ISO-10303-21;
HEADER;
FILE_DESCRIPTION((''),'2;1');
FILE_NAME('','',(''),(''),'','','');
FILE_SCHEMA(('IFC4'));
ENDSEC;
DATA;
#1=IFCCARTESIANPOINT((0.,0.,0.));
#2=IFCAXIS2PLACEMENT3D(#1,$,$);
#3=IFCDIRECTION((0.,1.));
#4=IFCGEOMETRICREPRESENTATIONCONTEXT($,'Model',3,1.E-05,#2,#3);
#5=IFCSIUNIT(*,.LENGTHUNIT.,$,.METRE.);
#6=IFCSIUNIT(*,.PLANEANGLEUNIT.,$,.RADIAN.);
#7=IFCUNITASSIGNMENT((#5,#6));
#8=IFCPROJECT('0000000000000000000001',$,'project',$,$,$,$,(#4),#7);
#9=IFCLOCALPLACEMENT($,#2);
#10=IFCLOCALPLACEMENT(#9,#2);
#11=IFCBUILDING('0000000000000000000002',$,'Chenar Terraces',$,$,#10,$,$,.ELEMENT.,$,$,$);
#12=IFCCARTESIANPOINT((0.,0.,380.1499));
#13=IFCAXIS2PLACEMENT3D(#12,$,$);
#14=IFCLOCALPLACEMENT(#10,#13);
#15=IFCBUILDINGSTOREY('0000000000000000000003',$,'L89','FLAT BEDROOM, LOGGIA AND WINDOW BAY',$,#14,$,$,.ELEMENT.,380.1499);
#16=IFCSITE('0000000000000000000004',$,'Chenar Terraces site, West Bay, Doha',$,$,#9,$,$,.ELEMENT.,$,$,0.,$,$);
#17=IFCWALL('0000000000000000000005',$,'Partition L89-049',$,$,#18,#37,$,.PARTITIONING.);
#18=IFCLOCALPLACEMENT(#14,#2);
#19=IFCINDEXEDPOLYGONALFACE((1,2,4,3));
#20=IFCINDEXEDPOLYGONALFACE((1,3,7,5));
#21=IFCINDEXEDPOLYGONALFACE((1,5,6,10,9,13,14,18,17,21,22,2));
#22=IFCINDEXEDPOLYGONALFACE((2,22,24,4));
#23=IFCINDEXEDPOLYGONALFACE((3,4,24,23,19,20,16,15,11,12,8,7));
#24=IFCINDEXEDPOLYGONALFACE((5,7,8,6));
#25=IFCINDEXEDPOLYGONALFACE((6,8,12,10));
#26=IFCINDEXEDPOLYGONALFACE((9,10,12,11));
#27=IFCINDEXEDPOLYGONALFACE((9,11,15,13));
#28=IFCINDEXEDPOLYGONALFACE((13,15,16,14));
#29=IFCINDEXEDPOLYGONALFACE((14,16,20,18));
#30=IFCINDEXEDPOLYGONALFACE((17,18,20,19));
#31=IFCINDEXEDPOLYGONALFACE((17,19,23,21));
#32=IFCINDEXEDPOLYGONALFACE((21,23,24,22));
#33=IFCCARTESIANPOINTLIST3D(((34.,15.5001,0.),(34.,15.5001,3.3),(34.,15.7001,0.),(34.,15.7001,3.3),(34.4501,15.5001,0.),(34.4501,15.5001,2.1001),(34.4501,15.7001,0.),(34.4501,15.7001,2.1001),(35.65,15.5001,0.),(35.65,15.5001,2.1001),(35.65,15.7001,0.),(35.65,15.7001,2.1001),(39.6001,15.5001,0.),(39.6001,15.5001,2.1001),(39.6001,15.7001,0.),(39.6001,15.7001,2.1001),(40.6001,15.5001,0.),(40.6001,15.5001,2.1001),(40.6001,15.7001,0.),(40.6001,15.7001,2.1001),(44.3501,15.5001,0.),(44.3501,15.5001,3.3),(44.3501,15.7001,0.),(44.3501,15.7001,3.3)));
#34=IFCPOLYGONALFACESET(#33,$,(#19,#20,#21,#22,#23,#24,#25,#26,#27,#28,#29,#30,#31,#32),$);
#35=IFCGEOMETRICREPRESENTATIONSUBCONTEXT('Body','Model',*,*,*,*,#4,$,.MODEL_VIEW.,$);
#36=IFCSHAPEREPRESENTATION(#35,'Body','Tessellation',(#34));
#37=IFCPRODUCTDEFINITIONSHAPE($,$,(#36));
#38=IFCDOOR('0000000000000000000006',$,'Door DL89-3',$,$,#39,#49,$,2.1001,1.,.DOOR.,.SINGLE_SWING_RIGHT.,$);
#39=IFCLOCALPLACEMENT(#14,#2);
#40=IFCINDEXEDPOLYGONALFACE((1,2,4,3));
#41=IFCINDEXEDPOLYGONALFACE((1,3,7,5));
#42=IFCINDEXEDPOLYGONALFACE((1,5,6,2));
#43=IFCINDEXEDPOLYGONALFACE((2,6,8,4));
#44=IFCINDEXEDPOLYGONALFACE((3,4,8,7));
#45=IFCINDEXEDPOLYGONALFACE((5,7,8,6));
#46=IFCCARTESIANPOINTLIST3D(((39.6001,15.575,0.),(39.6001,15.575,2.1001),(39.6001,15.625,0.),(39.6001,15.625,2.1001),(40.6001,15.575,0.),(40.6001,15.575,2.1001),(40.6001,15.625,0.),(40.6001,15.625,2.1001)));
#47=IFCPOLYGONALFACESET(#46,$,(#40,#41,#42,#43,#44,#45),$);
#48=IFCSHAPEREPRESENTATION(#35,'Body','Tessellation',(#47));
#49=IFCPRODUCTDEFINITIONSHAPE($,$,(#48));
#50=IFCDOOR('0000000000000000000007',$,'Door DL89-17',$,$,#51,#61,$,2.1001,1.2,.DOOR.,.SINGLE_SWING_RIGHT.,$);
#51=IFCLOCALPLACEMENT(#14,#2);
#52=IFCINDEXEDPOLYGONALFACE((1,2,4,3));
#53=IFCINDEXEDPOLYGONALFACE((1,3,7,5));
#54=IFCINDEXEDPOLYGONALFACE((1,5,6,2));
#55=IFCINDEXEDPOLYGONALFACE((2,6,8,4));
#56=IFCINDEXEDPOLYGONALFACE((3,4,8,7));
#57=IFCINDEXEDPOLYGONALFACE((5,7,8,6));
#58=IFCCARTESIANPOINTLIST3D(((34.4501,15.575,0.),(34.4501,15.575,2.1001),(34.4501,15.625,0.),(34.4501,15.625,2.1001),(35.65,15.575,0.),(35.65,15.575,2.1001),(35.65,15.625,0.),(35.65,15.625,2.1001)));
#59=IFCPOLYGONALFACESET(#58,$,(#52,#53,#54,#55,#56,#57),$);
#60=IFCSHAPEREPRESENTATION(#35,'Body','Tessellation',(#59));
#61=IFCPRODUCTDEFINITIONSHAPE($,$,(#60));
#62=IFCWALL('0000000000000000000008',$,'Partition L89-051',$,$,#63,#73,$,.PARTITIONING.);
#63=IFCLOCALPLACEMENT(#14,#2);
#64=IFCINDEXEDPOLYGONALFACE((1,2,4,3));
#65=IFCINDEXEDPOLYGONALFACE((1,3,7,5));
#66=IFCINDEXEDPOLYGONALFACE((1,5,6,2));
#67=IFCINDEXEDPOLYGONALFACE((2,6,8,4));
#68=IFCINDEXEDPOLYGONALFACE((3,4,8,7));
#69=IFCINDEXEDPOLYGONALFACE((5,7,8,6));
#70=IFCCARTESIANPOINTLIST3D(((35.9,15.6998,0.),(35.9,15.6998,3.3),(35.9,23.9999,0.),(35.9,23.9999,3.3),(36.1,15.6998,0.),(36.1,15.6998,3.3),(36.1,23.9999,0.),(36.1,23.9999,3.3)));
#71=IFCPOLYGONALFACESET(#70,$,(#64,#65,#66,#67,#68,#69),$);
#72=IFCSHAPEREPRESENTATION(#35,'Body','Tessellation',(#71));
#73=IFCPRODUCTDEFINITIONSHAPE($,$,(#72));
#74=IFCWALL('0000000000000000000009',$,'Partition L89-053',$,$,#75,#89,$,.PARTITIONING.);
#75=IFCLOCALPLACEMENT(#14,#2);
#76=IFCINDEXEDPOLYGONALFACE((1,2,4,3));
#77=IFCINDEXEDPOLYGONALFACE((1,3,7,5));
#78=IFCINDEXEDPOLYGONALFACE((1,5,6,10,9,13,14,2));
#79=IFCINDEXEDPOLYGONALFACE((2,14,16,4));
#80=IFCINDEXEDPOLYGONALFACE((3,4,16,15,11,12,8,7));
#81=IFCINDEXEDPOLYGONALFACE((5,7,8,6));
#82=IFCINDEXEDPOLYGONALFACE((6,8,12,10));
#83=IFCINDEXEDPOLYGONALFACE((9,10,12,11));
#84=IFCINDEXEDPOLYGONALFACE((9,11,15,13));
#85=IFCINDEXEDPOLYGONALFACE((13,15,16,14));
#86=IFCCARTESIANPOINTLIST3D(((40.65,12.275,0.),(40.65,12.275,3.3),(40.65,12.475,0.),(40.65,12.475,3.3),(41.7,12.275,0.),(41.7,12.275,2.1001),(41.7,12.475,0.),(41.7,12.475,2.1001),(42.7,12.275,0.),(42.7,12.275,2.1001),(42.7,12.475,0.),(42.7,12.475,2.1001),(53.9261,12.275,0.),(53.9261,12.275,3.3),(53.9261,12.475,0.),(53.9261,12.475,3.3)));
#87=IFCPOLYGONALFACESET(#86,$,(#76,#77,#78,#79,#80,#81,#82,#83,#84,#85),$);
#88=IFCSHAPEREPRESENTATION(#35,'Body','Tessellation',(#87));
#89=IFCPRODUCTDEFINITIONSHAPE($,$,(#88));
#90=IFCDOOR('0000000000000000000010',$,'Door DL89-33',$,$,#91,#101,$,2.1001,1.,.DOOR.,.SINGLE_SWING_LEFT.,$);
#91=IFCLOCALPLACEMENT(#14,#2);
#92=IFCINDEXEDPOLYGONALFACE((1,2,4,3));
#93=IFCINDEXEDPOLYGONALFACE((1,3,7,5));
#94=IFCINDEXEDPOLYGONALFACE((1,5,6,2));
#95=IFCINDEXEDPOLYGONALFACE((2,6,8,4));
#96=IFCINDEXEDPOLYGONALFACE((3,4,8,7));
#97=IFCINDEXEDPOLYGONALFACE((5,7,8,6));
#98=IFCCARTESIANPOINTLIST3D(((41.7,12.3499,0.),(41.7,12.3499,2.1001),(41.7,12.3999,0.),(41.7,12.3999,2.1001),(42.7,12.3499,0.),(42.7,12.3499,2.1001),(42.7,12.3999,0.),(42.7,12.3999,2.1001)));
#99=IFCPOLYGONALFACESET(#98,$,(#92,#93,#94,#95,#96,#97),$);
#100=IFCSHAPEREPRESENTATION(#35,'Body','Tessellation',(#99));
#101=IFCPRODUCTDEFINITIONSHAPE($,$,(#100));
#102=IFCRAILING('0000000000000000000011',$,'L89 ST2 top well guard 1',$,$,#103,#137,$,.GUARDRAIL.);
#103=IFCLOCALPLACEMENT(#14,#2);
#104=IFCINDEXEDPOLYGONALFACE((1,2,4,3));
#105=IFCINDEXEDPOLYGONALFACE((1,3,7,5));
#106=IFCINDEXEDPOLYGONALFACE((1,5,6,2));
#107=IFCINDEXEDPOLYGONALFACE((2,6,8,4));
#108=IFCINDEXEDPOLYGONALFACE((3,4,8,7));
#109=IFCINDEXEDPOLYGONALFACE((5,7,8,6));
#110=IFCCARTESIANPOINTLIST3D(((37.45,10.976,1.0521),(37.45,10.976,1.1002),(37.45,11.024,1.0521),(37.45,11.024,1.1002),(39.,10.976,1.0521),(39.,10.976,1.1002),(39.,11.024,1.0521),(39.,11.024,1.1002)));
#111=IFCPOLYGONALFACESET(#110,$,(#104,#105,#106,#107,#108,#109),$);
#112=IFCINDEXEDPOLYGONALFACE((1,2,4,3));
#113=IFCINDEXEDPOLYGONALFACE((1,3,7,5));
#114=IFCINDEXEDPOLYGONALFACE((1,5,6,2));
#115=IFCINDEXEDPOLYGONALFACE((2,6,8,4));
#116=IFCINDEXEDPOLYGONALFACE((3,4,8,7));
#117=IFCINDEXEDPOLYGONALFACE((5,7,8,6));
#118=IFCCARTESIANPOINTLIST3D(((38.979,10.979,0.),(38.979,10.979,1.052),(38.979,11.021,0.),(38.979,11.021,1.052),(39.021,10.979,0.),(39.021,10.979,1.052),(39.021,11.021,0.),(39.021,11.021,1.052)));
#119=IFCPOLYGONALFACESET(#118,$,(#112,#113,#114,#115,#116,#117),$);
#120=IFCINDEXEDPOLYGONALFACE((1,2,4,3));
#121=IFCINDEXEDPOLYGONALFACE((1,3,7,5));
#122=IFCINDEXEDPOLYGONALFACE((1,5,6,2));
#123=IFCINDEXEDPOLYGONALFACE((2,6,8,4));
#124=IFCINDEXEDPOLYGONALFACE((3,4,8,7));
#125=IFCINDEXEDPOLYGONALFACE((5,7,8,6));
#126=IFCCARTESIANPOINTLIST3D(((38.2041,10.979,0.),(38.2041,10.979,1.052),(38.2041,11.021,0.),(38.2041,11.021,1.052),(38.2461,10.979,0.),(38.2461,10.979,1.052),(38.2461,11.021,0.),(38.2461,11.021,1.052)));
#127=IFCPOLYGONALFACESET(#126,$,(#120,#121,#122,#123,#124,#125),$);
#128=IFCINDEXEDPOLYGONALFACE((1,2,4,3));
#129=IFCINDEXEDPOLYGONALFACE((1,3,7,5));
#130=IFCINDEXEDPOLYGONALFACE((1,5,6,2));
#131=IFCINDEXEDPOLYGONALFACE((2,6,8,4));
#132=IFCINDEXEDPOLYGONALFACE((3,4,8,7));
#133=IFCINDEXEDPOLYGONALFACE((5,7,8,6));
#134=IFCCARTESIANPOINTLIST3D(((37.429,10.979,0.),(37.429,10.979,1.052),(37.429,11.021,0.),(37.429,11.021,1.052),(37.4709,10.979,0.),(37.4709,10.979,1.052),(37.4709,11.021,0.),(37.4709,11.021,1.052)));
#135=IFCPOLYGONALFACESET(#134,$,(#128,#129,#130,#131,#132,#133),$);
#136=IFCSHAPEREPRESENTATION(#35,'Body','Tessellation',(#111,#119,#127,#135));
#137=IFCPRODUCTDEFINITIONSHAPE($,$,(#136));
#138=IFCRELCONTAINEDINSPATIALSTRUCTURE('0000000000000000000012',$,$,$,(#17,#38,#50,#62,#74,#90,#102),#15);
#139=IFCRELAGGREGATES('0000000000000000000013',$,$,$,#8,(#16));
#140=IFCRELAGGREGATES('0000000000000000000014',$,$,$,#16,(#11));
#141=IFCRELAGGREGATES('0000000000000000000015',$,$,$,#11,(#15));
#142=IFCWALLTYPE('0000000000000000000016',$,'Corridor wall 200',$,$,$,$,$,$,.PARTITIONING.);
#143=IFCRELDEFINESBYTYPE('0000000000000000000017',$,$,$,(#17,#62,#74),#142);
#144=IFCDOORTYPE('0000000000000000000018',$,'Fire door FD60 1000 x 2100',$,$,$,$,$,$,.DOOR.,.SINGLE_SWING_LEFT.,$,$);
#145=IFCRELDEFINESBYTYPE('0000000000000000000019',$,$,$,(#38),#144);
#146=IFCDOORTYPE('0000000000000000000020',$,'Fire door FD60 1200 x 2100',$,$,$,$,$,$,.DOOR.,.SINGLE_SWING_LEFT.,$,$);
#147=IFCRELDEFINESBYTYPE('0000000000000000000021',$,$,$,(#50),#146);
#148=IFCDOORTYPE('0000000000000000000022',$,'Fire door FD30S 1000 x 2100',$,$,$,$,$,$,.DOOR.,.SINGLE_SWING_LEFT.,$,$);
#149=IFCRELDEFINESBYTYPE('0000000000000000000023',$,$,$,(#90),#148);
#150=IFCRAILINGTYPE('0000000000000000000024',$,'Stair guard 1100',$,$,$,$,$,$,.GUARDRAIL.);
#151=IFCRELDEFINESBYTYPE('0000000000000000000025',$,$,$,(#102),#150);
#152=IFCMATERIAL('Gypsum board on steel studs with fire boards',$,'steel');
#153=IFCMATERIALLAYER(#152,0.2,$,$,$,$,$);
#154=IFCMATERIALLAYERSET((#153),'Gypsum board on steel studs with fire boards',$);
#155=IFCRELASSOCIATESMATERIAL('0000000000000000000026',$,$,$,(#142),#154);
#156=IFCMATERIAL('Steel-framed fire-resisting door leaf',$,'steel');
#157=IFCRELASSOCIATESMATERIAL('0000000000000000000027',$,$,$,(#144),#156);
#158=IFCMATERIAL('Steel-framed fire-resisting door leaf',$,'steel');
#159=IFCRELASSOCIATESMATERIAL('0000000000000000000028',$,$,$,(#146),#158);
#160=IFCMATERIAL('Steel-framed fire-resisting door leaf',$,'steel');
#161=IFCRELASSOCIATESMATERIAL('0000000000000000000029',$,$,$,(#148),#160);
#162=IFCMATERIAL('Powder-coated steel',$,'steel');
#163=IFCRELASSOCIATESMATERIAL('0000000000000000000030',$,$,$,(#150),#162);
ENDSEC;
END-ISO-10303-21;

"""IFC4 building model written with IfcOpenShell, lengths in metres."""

from ifc_helpers import new_model, si_unit, direction, frame, frame_2d, origin, origin_2d, place, context, subcontext, project, spatial, rectangle, extrude, material, layer, layer_set, type_object, element, fill, save


model = new_model("IFC4")

# Units and contexts
model_context = context("Model", 3, precision=1e-05, world=origin(), true_north=direction((0.0, 1.0)))
body_context = subcontext(model_context, "Body", "Model", "MODEL_VIEW")
ifc_project = project(units=[si_unit("LENGTHUNIT", "METRE"), si_unit("PLANEANGLEUNIT", "RADIAN")], contexts=[model_context])

# Site, building, storey
site_placement = place(None, origin())
site = spatial("IfcSite", under=ifc_project, at=site_placement, Name="Chenar Terraces site, West Bay, Doha", CompositionType="ELEMENT", RefElevation=0.0)
building_placement = place(site_placement, origin())
building = spatial("IfcBuilding", under=site, at=building_placement, Name="Chenar Terraces", CompositionType="ELEMENT")
storey_placement = place(building_placement, frame((0.0, 0.0, 380.1499)))
storey = spatial("IfcBuildingStorey", under=building, at=storey_placement, Name="L89", Description="FLAT BEDROOM, LOGGIA AND WINDOW BAY", CompositionType="ELEMENT", Elevation=380.1499)

# Shared definitions
ifc_material_1 = material(Name="Gypsum board on steel studs with fire boards", Category="steel")
ifc_layer_1 = layer(ifc_material_1, 0.2)
ifc_layer_set_1 = layer_set([ifc_layer_1], Name="Gypsum board on steel studs with fire boards")
wall_type_1 = type_object("IfcWallType", Name="Corridor wall 200", PredefinedType="PARTITIONING", material=ifc_layer_set_1)

# Wall, openings, doors
wall_1_placement = place(storey_placement, frame((34.0, 15.6001, 0.0), z_axis=(0.0, 0.0, 1.0), x_axis=(1.0, 0.0, 0.0)))
wall_1 = element("IfcWall", 1, at=wall_1_placement, inside=storey, type_object=wall_type_1, Name="Partition L89-049", PredefinedType="PARTITIONING", context=body_context, shape_type="SweptSolid", body=[
    extrude(rectangle(XDim=10.3501, YDim=0.2, at=frame_2d((5.175, 0.0))), origin(), (0.0, 0.0, 1.0), 3.3),
])
opening_1_placement = place(wall_1_placement, frame((5.6001, 0.0, 0.0)))
opening_1 = element("IfcOpeningElement", 2, at=opening_1_placement, cuts=wall_1, PredefinedType="OPENING", context=body_context, shape_type="SweptSolid", body=[
    extrude(rectangle(XDim=1.0, YDim=2.1001, at=frame_2d((0.5, 1.05))), frame((0.0, 0.1099, 0.0), z_axis=(0.0, -1.0, 0.0), x_axis=(1.0, 0.0, 0.0)), (0.0, 0.0, 1.0), 0.22),
])
opening_2_placement = place(wall_1_placement, frame((0.45, 0.0, 0.0)))
opening_2 = element("IfcOpeningElement", 3, at=opening_2_placement, cuts=wall_1, PredefinedType="OPENING", context=body_context, shape_type="SweptSolid", body=[
    extrude(rectangle(XDim=1.2, YDim=2.1001, at=frame_2d((0.6001, 1.05))), frame((0.0, 0.1099, 0.0), z_axis=(0.0, -1.0, 0.0), x_axis=(1.0, 0.0, 0.0)), (0.0, 0.0, 1.0), 0.22),
])
ifc_material_2 = material(Name="Steel-framed fire-resisting door leaf", Category="steel")
door_type_1 = type_object("IfcDoorType", Name="Fire door FD60 1000 x 2100", OperationType="SINGLE_SWING_LEFT", PredefinedType="DOOR", material=ifc_material_2)
door_1_placement = place(opening_1_placement, origin())
door_1 = element("IfcDoor", 4, at=door_1_placement, inside=storey, type_object=door_type_1, Name="Door DL89-3", OperationType="SINGLE_SWING_RIGHT", OverallHeight=2.1001, OverallWidth=1.0, PredefinedType="DOOR", context=body_context, shape_type="SweptSolid", body=[
    extrude(rectangle(XDim=1.0, YDim=2.1001, at=frame_2d((0.5, 1.05))), frame((0.0, 0.0249, 0.0), z_axis=(0.0, -1.0, 0.0), x_axis=(1.0, 0.0, 0.0)), (0.0, 0.0, 1.0), 0.05),
])
fill(opening_1, door_1)
ifc_material_3 = material(Name="Steel-framed fire-resisting door leaf", Category="steel")
door_type_2 = type_object("IfcDoorType", Name="Fire door FD60 1200 x 2100", OperationType="SINGLE_SWING_LEFT", PredefinedType="DOOR", material=ifc_material_3)
door_2_placement = place(opening_2_placement, origin())
door_2 = element("IfcDoor", 5, at=door_2_placement, inside=storey, type_object=door_type_2, Name="Door DL89-17", OperationType="SINGLE_SWING_RIGHT", OverallHeight=2.1001, OverallWidth=1.2, PredefinedType="DOOR", context=body_context, shape_type="SweptSolid", body=[
    extrude(rectangle(XDim=1.2, YDim=2.1001, at=frame_2d((0.6001, 1.05))), frame((0.0, 0.0249, 0.0), z_axis=(0.0, -1.0, 0.0), x_axis=(1.0, 0.0, 0.0)), (0.0, 0.0, 1.0), 0.05),
])
fill(opening_2, door_2)

# Wall
wall_2_placement = place(storey_placement, frame((36.0, 15.7, 0.0), z_axis=(0.0, 0.0, 1.0), x_axis=(0.0, 1.0, 0.0)))
element("IfcWall", 6, at=wall_2_placement, inside=storey, type_object=wall_type_1, Name="Partition L89-051", PredefinedType="PARTITIONING", context=body_context, shape_type="SweptSolid", body=[
    extrude(rectangle(XDim=8.3, YDim=0.2, at=frame_2d((4.1499, 0.0))), origin(), (0.0, 0.0, 1.0), 3.3),
])

# Wall, opening, door
wall_3_placement = place(storey_placement, frame((40.6499, 12.375, 0.0), z_axis=(0.0, 0.0, 1.0), x_axis=(1.0, 0.0, 0.0)))
wall_3 = element("IfcWall", 7, at=wall_3_placement, inside=storey, type_object=wall_type_1, Name="Partition L89-053", PredefinedType="PARTITIONING", context=body_context, shape_type="SweptSolid", body=[
    extrude(rectangle(XDim=13.2761, YDim=0.2, at=frame_2d((6.6382, 0.0))), origin(), (0.0, 0.0, 1.0), 3.3),
])
opening_3_placement = place(wall_3_placement, frame((1.05, 0.0, 0.0)))
opening_3 = element("IfcOpeningElement", 8, at=opening_3_placement, cuts=wall_3, PredefinedType="OPENING", context=body_context, shape_type="SweptSolid", body=[
    extrude(rectangle(XDim=1.0, YDim=2.1001, at=frame_2d((0.5, 1.05))), frame((0.0, 0.1099, 0.0), z_axis=(0.0, -1.0, 0.0), x_axis=(1.0, 0.0, 0.0)), (0.0, 0.0, 1.0), 0.22),
])
ifc_material_4 = material(Name="Steel-framed fire-resisting door leaf", Category="steel")
door_type_3 = type_object("IfcDoorType", Name="Fire door FD30S 1000 x 2100", OperationType="SINGLE_SWING_LEFT", PredefinedType="DOOR", material=ifc_material_4)
door_3_placement = place(opening_3_placement, origin())
door_3 = element("IfcDoor", 9, at=door_3_placement, inside=storey, type_object=door_type_3, Name="Door DL89-33", OperationType="SINGLE_SWING_LEFT", OverallHeight=2.1001, OverallWidth=1.0, PredefinedType="DOOR", context=body_context, shape_type="SweptSolid", body=[
    extrude(rectangle(XDim=1.0, YDim=2.1001, at=frame_2d((0.5, 1.05))), frame((0.0, 0.0249, 0.0), z_axis=(0.0, -1.0, 0.0), x_axis=(1.0, 0.0, 0.0)), (0.0, 0.0, 1.0), 0.05),
])
fill(opening_3, door_3)

# Railing
ifc_material_5 = material(Name="Powder-coated steel", Category="steel")
railing_type = type_object("IfcRailingType", Name="Stair guard 1100", PredefinedType="GUARDRAIL", material=ifc_material_5)
railing_placement = place(storey_placement, frame((39.0, 11.0, 0.0)))
element("IfcRailing", 10, at=railing_placement, inside=storey, type_object=railing_type, Name="L89 ST2 top well guard 1", PredefinedType="GUARDRAIL", context=body_context, shape_type="SweptSolid", body=[
    extrude(rectangle(XDim=0.0481, YDim=0.0481, at=origin_2d()), frame((0.0, 0.0, 1.0762), z_axis=(-1.0, 0.0, 0.0), x_axis=(0.0, -1.0, 0.0)), (0.0, 0.0, 1.0), 1.55),
    extrude(rectangle(XDim=0.042, YDim=0.042, at=origin_2d()), origin(), (0.0, 0.0, 1.0), 1.052),
    extrude(rectangle(XDim=0.042, YDim=0.042, at=origin_2d()), frame((-0.7749, 0.0, 0.0)), (0.0, 0.0, 1.0), 1.052),
    extrude(rectangle(XDim=0.042, YDim=0.042, at=origin_2d()), frame((-1.55, 0.0, 0.0)), (0.0, 0.0, 1.0), 1.052),
])

save(model, "model.ifc")
